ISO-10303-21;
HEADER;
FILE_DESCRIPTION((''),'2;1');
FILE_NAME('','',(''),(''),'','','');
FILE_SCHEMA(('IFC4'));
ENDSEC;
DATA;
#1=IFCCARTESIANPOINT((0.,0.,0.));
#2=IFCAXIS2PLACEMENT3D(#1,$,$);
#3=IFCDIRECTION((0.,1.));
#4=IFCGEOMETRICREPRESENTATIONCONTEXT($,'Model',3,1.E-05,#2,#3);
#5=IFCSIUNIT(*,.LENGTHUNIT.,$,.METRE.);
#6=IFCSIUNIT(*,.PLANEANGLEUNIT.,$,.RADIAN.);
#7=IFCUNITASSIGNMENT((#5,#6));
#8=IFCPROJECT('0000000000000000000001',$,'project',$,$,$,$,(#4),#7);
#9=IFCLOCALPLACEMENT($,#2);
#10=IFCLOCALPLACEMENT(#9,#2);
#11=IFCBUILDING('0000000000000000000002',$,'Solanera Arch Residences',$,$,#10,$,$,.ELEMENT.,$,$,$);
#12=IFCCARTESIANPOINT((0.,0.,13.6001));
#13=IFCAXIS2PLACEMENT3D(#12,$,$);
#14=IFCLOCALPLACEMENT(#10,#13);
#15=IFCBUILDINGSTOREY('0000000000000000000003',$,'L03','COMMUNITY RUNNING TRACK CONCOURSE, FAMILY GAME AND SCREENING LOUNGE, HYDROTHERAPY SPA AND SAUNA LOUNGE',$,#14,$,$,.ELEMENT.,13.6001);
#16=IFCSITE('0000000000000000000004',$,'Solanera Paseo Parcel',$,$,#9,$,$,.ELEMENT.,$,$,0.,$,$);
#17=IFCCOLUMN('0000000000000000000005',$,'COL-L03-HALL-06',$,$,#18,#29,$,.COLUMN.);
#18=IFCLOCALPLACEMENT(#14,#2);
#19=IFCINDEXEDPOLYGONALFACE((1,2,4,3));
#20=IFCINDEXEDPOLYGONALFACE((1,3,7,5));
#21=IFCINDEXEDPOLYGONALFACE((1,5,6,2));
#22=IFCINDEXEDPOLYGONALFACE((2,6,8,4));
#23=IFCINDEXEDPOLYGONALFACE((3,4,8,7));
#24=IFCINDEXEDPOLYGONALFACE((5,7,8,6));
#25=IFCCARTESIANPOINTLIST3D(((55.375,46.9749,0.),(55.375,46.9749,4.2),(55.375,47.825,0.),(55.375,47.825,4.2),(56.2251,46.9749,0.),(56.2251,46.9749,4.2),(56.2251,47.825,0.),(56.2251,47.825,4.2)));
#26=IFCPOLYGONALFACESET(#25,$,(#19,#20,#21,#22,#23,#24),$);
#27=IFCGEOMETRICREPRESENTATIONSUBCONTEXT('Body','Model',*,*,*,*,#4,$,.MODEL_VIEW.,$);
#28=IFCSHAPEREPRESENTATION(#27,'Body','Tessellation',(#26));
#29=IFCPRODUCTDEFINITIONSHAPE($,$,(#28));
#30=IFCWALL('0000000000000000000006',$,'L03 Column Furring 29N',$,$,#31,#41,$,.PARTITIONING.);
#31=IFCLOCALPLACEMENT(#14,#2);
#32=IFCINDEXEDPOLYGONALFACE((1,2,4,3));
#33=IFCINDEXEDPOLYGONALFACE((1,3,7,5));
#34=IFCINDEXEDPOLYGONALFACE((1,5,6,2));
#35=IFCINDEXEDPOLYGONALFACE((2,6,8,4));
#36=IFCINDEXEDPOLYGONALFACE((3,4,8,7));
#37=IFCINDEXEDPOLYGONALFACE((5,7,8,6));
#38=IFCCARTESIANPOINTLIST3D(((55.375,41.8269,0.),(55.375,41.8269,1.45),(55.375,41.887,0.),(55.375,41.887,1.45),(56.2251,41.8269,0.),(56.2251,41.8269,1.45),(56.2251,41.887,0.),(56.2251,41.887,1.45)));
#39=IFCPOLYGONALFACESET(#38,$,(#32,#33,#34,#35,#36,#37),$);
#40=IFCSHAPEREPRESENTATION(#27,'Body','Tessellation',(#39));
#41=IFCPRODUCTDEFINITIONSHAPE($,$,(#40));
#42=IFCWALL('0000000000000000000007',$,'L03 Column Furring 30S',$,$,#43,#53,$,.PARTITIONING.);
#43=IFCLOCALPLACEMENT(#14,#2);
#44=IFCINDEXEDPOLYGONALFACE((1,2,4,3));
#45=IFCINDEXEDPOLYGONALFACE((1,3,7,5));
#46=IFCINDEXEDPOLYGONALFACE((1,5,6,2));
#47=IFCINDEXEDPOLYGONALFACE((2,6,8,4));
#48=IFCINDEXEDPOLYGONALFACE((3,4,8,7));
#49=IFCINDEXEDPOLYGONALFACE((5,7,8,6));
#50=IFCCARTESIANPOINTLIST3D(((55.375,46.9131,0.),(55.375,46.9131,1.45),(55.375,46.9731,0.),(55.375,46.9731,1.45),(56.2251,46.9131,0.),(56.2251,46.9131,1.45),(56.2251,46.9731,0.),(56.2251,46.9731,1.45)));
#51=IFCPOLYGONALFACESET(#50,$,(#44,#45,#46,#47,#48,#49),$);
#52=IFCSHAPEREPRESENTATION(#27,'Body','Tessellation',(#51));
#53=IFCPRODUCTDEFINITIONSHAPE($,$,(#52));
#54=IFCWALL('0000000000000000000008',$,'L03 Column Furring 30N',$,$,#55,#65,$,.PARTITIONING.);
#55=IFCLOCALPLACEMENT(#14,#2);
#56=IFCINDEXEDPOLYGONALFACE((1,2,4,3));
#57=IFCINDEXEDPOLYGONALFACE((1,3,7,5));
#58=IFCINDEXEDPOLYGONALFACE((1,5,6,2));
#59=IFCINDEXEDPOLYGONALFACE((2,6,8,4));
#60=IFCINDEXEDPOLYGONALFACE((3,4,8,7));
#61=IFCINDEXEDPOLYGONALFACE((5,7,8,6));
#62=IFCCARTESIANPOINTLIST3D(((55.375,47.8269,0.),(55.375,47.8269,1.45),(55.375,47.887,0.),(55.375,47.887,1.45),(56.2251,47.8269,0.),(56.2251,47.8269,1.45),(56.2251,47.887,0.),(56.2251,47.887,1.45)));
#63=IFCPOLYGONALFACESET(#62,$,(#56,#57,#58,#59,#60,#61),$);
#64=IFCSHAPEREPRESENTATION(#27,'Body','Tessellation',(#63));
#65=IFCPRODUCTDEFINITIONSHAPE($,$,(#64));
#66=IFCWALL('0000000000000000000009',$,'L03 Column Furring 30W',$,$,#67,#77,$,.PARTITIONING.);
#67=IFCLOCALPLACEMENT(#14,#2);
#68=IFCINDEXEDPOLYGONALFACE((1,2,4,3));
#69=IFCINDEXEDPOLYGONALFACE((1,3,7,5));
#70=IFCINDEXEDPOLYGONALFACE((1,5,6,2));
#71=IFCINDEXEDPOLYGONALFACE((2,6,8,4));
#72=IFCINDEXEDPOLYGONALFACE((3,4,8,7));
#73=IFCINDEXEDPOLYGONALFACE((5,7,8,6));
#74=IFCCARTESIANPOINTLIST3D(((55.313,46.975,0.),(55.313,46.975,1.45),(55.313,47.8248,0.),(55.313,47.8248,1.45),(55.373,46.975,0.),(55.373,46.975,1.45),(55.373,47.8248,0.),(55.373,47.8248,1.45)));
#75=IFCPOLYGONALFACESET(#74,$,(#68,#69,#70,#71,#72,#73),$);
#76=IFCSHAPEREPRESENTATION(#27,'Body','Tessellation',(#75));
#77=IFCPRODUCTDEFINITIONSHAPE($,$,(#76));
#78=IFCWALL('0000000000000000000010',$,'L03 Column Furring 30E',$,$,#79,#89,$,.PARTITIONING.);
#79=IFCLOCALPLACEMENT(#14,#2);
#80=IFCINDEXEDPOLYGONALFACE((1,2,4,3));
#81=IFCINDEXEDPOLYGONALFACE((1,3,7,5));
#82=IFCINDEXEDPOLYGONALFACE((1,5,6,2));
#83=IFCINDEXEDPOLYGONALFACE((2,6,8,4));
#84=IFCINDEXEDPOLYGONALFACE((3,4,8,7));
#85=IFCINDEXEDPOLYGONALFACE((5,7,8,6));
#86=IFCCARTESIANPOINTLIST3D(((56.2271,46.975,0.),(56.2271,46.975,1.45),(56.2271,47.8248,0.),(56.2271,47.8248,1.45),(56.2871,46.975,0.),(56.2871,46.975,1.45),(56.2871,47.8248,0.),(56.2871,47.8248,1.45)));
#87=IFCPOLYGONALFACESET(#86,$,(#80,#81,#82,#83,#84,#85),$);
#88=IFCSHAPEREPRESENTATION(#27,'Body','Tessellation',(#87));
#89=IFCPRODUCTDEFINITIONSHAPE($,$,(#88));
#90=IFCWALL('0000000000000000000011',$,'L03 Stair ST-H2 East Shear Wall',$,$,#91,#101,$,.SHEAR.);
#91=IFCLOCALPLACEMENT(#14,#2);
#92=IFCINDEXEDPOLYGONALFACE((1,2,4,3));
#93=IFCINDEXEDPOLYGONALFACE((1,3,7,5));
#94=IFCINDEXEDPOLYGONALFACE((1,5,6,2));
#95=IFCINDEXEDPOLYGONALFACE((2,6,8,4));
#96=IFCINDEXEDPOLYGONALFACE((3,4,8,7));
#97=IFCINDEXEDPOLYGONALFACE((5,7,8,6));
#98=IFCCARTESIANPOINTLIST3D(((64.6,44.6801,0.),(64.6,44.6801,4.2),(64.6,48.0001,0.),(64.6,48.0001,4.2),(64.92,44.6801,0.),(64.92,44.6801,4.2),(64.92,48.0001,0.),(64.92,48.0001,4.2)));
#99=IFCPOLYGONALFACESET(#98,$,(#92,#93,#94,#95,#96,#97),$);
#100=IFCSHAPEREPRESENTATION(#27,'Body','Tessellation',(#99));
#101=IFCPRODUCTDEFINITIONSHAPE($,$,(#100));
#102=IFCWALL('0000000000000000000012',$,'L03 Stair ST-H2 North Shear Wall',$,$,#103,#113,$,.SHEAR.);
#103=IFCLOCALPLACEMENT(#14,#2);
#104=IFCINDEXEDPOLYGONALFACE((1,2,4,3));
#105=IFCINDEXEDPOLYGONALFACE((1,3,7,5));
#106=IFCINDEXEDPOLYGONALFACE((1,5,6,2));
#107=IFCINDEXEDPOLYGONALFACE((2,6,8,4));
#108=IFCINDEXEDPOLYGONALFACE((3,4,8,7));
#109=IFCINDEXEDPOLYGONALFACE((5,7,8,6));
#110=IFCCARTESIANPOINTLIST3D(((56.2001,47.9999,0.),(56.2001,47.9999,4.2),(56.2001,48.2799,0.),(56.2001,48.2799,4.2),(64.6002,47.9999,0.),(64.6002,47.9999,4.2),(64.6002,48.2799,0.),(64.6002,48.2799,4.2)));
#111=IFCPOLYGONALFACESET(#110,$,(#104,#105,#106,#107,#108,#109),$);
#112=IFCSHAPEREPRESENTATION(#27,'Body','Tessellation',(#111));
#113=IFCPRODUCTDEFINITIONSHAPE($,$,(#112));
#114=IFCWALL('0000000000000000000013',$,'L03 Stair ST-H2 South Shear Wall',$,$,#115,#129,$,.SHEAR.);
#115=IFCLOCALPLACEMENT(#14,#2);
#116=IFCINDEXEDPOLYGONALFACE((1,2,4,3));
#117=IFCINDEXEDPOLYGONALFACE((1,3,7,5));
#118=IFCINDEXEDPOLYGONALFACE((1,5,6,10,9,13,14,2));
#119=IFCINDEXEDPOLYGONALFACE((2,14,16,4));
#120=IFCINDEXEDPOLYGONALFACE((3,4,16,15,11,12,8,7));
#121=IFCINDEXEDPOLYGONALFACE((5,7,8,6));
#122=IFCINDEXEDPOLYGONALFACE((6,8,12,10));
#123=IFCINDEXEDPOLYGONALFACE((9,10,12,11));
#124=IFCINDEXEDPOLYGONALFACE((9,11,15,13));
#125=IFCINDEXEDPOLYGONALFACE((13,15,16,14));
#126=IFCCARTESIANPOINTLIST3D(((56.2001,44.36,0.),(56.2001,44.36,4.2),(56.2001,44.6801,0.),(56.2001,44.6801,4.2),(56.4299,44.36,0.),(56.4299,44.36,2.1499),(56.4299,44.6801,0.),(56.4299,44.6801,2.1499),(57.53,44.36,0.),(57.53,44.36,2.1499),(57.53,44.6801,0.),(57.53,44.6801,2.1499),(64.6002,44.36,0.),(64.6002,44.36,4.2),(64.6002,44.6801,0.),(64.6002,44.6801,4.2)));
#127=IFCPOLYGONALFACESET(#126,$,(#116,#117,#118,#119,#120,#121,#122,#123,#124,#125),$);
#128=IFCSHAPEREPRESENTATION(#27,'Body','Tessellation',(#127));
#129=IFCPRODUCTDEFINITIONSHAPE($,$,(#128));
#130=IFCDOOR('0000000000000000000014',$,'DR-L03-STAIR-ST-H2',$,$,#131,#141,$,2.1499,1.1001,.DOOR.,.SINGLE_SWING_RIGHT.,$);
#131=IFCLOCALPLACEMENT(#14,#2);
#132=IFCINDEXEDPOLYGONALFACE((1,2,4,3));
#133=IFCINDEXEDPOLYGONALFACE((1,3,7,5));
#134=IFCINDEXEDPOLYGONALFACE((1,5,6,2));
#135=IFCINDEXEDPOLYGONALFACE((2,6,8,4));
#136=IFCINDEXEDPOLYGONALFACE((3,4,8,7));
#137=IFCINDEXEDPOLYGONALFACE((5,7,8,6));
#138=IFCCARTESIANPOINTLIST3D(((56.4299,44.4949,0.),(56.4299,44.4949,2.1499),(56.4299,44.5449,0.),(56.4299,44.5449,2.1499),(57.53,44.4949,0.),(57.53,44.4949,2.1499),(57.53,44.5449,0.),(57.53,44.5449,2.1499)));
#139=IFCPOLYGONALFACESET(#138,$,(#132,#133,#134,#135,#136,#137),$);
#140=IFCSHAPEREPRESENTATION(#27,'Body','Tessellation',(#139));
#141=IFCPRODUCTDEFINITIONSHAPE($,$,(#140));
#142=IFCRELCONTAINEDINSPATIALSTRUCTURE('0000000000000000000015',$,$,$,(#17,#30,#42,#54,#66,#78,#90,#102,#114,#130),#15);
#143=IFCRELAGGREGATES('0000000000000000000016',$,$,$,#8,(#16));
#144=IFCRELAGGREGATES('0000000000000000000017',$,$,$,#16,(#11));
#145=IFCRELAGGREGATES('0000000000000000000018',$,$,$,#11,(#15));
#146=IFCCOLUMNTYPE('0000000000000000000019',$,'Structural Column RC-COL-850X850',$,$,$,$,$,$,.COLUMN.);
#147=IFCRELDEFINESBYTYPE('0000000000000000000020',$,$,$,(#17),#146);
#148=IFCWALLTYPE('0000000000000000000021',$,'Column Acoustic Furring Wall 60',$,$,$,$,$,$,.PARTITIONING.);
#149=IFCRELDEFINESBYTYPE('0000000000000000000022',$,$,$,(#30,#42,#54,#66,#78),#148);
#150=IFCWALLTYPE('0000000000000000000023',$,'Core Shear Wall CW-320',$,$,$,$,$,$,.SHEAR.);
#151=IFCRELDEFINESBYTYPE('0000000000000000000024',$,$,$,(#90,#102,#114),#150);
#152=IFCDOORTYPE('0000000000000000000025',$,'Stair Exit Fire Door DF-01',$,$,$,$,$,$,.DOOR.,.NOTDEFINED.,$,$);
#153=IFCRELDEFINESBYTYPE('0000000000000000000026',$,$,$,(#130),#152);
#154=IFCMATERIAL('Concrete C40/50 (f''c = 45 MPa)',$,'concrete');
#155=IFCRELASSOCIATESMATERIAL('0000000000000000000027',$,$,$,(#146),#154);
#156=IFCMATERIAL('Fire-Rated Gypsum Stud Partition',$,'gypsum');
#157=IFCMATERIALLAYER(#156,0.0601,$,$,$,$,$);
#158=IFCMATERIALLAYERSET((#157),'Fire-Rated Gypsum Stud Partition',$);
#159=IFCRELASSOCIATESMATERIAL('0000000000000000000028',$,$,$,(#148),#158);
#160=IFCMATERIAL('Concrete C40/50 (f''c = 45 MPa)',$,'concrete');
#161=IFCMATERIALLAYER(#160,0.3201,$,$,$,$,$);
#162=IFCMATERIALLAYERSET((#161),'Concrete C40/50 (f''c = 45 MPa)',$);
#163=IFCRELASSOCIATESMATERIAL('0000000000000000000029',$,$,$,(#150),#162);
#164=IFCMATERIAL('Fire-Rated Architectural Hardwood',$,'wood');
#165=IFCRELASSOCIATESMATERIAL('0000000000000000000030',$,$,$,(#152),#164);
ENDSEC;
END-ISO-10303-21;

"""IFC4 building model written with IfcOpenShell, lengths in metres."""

from ifc_helpers import new_model, si_unit, direction, frame, frame_2d, origin, origin_2d, place, context, subcontext, project, spatial, rectangle, extrude, material, layer, layer_set, material_profile, profile_set, type_object, element, fill, save


model = new_model("IFC4")

# Units and contexts
model_context = context("Model", 3, precision=1e-05, world=origin(), true_north=direction((0.0, 1.0)))
body_context = subcontext(model_context, "Body", "Model", "MODEL_VIEW")
ifc_project = project(units=[si_unit("LENGTHUNIT", "METRE"), si_unit("PLANEANGLEUNIT", "RADIAN")], contexts=[model_context])

# Site, building, storey
site_placement = place(None, origin())
site = spatial("IfcSite", under=ifc_project, at=site_placement, Name="Solanera Paseo Parcel", CompositionType="ELEMENT", RefElevation=0.0)
building_placement = place(site_placement, origin())
building = spatial("IfcBuilding", under=site, at=building_placement, Name="Solanera Arch Residences", CompositionType="ELEMENT")
storey_placement = place(building_placement, frame((0.0, 0.0, 13.6001)))
storey = spatial("IfcBuildingStorey", under=building, at=storey_placement, Name="L03", Description="COMMUNITY RUNNING TRACK CONCOURSE, FAMILY GAME AND SCREENING LOUNGE, HYDROTHERAPY SPA AND SAUNA LOUNGE", CompositionType="ELEMENT", Elevation=13.6001)

# Column
ifc_material_1 = material(Name="Concrete C40/50 (f'c = 45 MPa)", Category="concrete")
ifc_material_profile = material_profile(ifc_material_1, rectangle(XDim=0.8501, YDim=0.8501, at=origin_2d()))
ifc_profile_set = profile_set([ifc_material_profile], Name="Concrete C40/50 (f'c = 45 MPa)")
column_type = type_object("IfcColumnType", Name="Structural Column RC-COL-850X850", PredefinedType="COLUMN", material=ifc_profile_set)
column_placement = place(storey_placement, frame((55.8, 47.3999, 0.0), z_axis=(0.0, 0.0, 1.0), x_axis=(1.0, 0.0, 0.0)))
element("IfcColumn", 1, at=column_placement, inside=storey, type_object=column_type, Name="COL-L03-HALL-06", PredefinedType="COLUMN", context=body_context, shape_type="SweptSolid", body=[
    extrude(rectangle(XDim=0.8501, YDim=0.8501, at=origin_2d()), origin(), (0.0, 0.0, 1.0), 4.2),
])

# Walls
ifc_material_2 = material(Name="Fire-Rated Gypsum Stud Partition", Category="gypsum")
ifc_layer_1 = layer(ifc_material_2, 0.0601)
ifc_layer_set_1 = layer_set([ifc_layer_1], Name="Fire-Rated Gypsum Stud Partition")
wall_type_1 = type_object("IfcWallType", Name="Column Acoustic Furring Wall 60", PredefinedType="PARTITIONING", material=ifc_layer_set_1)
for number, where, z_axis, x_axis, name in (
    (2, (55.375, 41.8569, 0.0), (0.0, 0.0, 1.0), (1.0, 0.0, 0.0), "L03 Column Furring 29N"),
    (3, (55.375, 46.9431, 0.0), (0.0, 0.0, 1.0), (1.0, 0.0, 0.0), "L03 Column Furring 30S"),
    (4, (55.375, 47.8569, 0.0), (0.0, 0.0, 1.0), (1.0, 0.0, 0.0), "L03 Column Furring 30N"),
):
    element("IfcWall", number, at=place(storey_placement, frame(where, z_axis=z_axis, x_axis=x_axis)), inside=storey, type_object=wall_type_1, Name=name, PredefinedType="PARTITIONING", context=body_context, shape_type="SweptSolid", body=[
        extrude(rectangle(XDim=0.8501, YDim=0.0601, at=frame_2d((0.425, 0.0))), origin(), (0.0, 0.0, 1.0), 1.45),
    ])
for number, where, z_axis, x_axis, name in (
    (5, (55.343, 46.9751, 0.0), (0.0, 0.0, 1.0), (0.0, 1.0, 0.0), "L03 Column Furring 30W"),
    (6, (56.2571, 46.9751, 0.0), (0.0, 0.0, 1.0), (0.0, 1.0, 0.0), "L03 Column Furring 30E"),
):
    element("IfcWall", number, at=place(storey_placement, frame(where, z_axis=z_axis, x_axis=x_axis)), inside=storey, type_object=wall_type_1, Name=name, PredefinedType="PARTITIONING", context=body_context, shape_type="SweptSolid", body=[
        extrude(rectangle(XDim=0.8499, YDim=0.0601, at=frame_2d((0.4248, 0.0))), origin(), (0.0, 0.0, 1.0), 1.45),
    ])
ifc_material_3 = material(Name="Concrete C40/50 (f'c = 45 MPa)", Category="concrete")
ifc_layer_2 = layer(ifc_material_3, 0.3201)
ifc_layer_set_2 = layer_set([ifc_layer_2], Name="Concrete C40/50 (f'c = 45 MPa)")
wall_type_2 = type_object("IfcWallType", Name="Core Shear Wall CW-320", PredefinedType="SHEAR", material=ifc_layer_set_2)
wall_1_placement = place(storey_placement, frame((64.76, 44.6799, 0.0), z_axis=(0.0, 0.0, 1.0), x_axis=(0.0, 1.0, 0.0)))
element("IfcWall", 7, at=wall_1_placement, inside=storey, type_object=wall_type_2, Name="L03 Stair ST-H2 East Shear Wall", PredefinedType="SHEAR", context=body_context, shape_type="SweptSolid", body=[
    extrude(rectangle(XDim=3.3201, YDim=0.3201, at=frame_2d((1.6602, 0.0))), origin(), (0.0, 0.0, 1.0), 4.2),
])
wall_2_placement = place(storey_placement, frame((56.2, 48.1399, 0.0), z_axis=(0.0, 0.0, 1.0), x_axis=(1.0, 0.0, 0.0)))
element("IfcWall", 8, at=wall_2_placement, inside=storey, type_object=wall_type_2, Name="L03 Stair ST-H2 North Shear Wall", PredefinedType="SHEAR", context=body_context, shape_type="SweptSolid", body=[
    extrude(rectangle(XDim=8.4001, YDim=0.28, at=frame_2d((4.2002, 0.0))), origin(), (0.0, 0.0, 1.0), 4.2),
])

# Wall, opening, door
wall_3_placement = place(storey_placement, frame((56.2, 44.52, 0.0), z_axis=(0.0, 0.0, 1.0), x_axis=(1.0, 0.0, 0.0)))
wall_3 = element("IfcWall", 9, at=wall_3_placement, inside=storey, type_object=wall_type_2, Name="L03 Stair ST-H2 South Shear Wall", PredefinedType="SHEAR", context=body_context, shape_type="SweptSolid", body=[
    extrude(rectangle(XDim=8.4001, YDim=0.3201, at=frame_2d((4.2002, 0.0))), origin(), (0.0, 0.0, 1.0), 4.2),
])
opening_1_placement = place(wall_3_placement, frame((0.23, 0.0, 0.0)))
opening_1 = element("IfcOpeningElement", 10, at=opening_1_placement, cuts=wall_3, PredefinedType="OPENING", context=body_context, shape_type="SweptSolid", body=[
    extrude(rectangle(XDim=1.1001, YDim=2.1499, at=frame_2d((0.55, 1.075))), frame((0.0, 0.1699, 0.0), z_axis=(0.0, -1.0, 0.0), x_axis=(1.0, 0.0, 0.0)), (0.0, 0.0, 1.0), 0.3401),
])
ifc_material_4 = material(Name="Fire-Rated Architectural Hardwood", Category="wood")
door_type_1 = type_object("IfcDoorType", Name="Stair Exit Fire Door DF-01", OperationType="NOTDEFINED", PredefinedType="DOOR", material=ifc_material_4)
door_1_placement = place(opening_1_placement, origin())
door_1 = element("IfcDoor", 11, at=door_1_placement, inside=storey, type_object=door_type_1, Name="DR-L03-STAIR-ST-H2", OperationType="SINGLE_SWING_RIGHT", OverallHeight=2.1499, OverallWidth=1.1001, PredefinedType="DOOR", context=body_context, shape_type="SweptSolid", body=[
    extrude(rectangle(XDim=1.1001, YDim=2.1499, at=frame_2d((0.55, 1.075))), frame((0.0, 0.0249, 0.0), z_axis=(0.0, -1.0, 0.0), x_axis=(1.0, 0.0, 0.0)), (0.0, 0.0, 1.0), 0.05),
])
fill(opening_1, door_1)

save(model, "model.ifc")
